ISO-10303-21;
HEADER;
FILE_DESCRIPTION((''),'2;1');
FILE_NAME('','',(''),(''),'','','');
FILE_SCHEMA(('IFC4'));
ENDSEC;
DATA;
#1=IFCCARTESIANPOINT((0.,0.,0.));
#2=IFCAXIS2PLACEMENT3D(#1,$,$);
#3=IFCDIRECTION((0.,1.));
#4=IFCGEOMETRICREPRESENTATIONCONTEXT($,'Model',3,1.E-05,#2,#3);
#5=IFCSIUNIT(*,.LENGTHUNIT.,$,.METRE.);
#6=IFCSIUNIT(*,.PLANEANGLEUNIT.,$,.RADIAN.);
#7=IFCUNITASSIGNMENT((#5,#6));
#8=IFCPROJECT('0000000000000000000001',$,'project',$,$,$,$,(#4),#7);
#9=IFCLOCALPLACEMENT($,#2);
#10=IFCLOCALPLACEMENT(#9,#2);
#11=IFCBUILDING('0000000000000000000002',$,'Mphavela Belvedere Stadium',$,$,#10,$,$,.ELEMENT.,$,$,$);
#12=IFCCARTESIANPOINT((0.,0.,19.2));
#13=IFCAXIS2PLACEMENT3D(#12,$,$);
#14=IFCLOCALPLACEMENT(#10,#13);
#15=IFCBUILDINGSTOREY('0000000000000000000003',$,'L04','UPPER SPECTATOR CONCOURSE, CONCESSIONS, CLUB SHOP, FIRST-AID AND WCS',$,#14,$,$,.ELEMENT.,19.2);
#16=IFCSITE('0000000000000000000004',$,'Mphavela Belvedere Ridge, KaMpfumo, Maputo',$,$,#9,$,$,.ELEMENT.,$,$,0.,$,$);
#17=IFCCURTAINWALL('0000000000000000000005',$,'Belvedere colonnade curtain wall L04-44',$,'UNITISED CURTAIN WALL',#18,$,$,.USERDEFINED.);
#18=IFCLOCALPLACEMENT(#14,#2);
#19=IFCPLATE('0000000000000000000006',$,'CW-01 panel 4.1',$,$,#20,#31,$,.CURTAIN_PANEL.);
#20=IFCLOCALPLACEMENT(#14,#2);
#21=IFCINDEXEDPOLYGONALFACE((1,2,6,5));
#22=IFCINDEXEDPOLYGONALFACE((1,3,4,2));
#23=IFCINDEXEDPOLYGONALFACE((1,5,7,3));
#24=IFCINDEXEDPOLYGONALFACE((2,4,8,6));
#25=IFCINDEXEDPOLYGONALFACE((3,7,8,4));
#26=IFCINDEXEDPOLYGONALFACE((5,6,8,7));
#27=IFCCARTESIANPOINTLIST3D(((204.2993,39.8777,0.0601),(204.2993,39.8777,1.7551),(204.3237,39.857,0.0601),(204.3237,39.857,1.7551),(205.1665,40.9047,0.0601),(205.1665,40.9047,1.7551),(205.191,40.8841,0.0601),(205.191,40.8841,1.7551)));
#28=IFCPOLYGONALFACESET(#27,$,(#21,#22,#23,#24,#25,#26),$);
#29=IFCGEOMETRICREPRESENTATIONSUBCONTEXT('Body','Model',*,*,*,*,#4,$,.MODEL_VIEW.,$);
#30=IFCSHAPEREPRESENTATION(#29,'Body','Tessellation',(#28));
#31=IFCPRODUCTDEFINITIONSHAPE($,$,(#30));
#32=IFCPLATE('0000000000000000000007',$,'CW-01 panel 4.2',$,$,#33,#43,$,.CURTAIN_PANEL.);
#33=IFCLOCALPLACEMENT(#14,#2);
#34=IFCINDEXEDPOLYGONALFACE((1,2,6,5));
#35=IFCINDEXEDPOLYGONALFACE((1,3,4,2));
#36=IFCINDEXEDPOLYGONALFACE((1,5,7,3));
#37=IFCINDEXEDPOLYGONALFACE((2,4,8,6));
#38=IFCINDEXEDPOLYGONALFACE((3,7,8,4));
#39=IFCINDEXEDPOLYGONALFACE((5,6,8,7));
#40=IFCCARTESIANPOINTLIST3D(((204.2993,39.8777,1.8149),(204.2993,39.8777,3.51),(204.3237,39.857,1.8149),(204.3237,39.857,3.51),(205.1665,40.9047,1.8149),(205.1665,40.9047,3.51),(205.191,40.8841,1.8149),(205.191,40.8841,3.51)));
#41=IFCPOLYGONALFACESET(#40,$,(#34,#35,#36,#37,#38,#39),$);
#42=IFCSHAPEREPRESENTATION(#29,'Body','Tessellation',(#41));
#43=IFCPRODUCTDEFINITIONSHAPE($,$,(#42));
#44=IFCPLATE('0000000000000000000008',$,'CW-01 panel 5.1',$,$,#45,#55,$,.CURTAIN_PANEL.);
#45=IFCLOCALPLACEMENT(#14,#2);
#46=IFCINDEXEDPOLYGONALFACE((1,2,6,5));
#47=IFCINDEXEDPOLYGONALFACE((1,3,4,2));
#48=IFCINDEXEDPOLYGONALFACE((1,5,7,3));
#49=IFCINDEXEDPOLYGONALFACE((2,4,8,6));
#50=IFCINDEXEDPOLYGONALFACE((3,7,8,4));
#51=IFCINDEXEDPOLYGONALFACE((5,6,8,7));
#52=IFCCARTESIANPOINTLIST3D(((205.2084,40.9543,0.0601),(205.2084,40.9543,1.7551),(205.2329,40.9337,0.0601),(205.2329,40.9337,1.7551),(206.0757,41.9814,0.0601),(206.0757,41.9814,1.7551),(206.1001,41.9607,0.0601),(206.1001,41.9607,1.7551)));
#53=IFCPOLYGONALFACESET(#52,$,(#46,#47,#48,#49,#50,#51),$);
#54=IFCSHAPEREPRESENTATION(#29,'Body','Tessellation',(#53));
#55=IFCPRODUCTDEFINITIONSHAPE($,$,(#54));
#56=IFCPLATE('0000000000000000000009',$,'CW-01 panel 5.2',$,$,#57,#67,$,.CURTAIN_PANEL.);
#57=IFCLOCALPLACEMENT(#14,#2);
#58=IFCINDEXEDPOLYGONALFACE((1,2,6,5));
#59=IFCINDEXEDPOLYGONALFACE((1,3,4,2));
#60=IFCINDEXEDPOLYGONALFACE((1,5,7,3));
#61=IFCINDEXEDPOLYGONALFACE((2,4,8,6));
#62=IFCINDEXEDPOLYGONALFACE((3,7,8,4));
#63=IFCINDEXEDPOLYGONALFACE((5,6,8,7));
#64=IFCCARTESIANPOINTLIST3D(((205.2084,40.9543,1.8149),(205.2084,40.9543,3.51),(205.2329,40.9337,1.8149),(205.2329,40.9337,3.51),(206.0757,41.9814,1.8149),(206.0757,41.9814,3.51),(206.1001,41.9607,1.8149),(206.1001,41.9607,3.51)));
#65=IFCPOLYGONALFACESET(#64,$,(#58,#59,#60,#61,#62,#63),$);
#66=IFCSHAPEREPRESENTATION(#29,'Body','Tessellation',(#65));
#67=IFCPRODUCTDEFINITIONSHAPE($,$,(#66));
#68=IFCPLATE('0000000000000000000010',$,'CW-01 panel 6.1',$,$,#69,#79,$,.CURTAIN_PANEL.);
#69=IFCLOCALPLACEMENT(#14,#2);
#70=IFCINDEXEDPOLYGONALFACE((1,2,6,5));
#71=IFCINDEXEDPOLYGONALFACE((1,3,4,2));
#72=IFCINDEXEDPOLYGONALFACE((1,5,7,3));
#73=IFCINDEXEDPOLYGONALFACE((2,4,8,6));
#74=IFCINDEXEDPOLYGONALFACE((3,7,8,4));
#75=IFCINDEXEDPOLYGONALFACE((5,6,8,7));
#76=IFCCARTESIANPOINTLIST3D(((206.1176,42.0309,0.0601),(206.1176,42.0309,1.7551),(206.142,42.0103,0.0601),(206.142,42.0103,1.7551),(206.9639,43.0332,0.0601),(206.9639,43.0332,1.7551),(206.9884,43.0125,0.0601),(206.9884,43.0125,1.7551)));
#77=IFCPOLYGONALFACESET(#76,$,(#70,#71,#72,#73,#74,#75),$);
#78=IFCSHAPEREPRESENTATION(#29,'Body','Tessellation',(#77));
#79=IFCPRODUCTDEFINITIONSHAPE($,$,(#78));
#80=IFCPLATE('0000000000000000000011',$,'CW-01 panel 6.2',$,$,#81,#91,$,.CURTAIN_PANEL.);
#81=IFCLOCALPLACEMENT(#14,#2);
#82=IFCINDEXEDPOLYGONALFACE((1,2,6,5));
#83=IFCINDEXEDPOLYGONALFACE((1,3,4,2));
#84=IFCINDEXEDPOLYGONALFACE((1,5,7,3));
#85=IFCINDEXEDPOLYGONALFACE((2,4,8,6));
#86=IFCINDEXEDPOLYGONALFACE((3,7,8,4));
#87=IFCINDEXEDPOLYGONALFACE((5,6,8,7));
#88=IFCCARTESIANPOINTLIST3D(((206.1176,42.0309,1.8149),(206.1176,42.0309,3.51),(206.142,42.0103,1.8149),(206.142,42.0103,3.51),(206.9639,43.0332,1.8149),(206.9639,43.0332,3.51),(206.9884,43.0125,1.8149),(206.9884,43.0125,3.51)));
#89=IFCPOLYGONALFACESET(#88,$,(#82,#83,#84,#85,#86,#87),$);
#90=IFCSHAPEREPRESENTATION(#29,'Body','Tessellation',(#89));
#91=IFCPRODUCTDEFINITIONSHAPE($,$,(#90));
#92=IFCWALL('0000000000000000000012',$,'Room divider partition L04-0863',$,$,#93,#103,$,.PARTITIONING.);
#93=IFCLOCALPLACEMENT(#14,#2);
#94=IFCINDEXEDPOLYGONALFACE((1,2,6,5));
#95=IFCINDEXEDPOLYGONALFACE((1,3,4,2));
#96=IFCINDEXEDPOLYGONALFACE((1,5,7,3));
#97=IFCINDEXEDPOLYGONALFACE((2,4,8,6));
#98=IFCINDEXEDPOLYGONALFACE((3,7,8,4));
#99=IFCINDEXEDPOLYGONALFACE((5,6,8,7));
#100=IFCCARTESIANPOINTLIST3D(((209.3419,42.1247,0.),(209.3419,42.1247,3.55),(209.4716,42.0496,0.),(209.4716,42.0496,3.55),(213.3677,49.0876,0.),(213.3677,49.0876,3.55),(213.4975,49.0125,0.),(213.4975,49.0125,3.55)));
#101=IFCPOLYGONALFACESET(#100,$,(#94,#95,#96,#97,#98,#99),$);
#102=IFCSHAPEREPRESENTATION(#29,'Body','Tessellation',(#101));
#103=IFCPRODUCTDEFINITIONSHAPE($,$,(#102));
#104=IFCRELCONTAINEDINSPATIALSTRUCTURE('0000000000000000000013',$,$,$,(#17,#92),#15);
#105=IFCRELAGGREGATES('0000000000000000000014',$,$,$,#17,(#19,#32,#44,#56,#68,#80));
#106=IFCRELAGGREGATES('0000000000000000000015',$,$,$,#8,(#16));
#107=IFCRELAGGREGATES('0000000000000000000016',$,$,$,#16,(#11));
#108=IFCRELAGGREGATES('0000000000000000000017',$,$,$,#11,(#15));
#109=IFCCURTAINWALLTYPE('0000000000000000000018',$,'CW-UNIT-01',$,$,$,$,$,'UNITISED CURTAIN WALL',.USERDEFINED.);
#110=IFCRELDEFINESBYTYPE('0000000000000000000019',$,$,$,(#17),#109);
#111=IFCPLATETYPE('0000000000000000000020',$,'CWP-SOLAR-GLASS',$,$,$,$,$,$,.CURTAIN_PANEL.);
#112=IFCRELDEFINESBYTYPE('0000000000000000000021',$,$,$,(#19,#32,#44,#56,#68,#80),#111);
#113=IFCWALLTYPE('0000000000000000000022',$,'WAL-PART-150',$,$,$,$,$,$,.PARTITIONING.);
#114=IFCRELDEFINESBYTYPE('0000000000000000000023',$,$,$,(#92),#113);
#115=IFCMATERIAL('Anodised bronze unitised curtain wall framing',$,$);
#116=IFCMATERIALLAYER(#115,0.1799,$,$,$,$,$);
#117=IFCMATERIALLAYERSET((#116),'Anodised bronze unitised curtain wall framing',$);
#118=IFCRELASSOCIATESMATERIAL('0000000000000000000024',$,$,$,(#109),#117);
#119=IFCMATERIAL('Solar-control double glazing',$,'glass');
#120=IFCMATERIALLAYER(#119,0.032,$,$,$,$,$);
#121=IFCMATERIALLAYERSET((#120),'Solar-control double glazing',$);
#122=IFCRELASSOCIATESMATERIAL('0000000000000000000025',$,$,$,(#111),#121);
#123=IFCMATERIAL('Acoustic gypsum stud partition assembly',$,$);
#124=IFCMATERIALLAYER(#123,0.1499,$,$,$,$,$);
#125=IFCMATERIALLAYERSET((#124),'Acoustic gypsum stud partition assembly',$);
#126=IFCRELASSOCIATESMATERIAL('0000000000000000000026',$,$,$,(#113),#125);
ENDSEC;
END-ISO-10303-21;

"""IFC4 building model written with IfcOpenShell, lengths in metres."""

from ifc_helpers import new_model, si_unit, direction, frame, frame_2d, origin, origin_2d, place, context, subcontext, project, spatial, rectangle, extrude, material, layer, layer_set, type_object, element, aggregate, save


model = new_model("IFC4")

# Units and contexts
model_context = context("Model", 3, precision=1e-05, world=origin(), true_north=direction((0.0, 1.0)))
body_context = subcontext(model_context, "Body", "Model", "MODEL_VIEW")
ifc_project = project(units=[si_unit("LENGTHUNIT", "METRE"), si_unit("PLANEANGLEUNIT", "RADIAN")], contexts=[model_context])

# Site, building, storey
site_placement = place(None, origin())
site = spatial("IfcSite", under=ifc_project, at=site_placement, Name="Mphavela Belvedere Ridge, KaMpfumo, Maputo", CompositionType="ELEMENT", RefElevation=0.0)
building_placement = place(site_placement, origin())
building = spatial("IfcBuilding", under=site, at=building_placement, Name="Mphavela Belvedere Stadium", CompositionType="ELEMENT")
storey_placement = place(building_placement, frame((0.0, 0.0, 19.2)))
storey = spatial("IfcBuildingStorey", under=building, at=storey_placement, Name="L04", Description="UPPER SPECTATOR CONCOURSE, CONCESSIONS, CLUB SHOP, FIRST-AID AND WCS", CompositionType="ELEMENT", Elevation=19.2)

# Curtain wall, plates
ifc_material_1 = material(Name="Anodised bronze unitised curtain wall framing")
ifc_layer_1 = layer(ifc_material_1, 0.1799)
ifc_layer_set_1 = layer_set([ifc_layer_1], Name="Anodised bronze unitised curtain wall framing")
curtain_wall_type = type_object("IfcCurtainWallType", Name="CW-UNIT-01", ElementType="UNITISED CURTAIN WALL", PredefinedType="USERDEFINED", material=ifc_layer_set_1)
curtain_wall_placement = place(storey_placement, origin())
curtain_wall = element("IfcCurtainWall", 1, at=curtain_wall_placement, inside=storey, type_object=curtain_wall_type, Name="Belvedere colonnade curtain wall L04-44", ObjectType="UNITISED CURTAIN WALL", PredefinedType="USERDEFINED")
ifc_material_2 = material(Name="Solar-control double glazing", Category="glass")
ifc_layer_2 = layer(ifc_material_2, 0.032)
ifc_layer_set_2 = layer_set([ifc_layer_2], Name="Solar-control double glazing")
plate_type = type_object("IfcPlateType", Name="CWP-SOLAR-GLASS", PredefinedType="CURTAIN_PANEL", material=ifc_layer_set_2)
plate_1_placement = place(storey_placement, frame((204.7451, 40.3809, 0.0601), z_axis=(0.0, 0.0, 1.0), x_axis=(0.645175, 0.764035, 0.0)))
plate_1 = element("IfcPlate", 2, at=plate_1_placement, type_object=plate_type, Name="CW-01 panel 4.1", PredefinedType="CURTAIN_PANEL", context=body_context, shape_type="SweptSolid", body=[
    extrude(rectangle(XDim=1.3442, YDim=0.032, at=origin_2d()), origin(), (0.0, 0.0, 1.0), 1.6951),
])
plate_2_placement = place(storey_placement, frame((204.7451, 40.3809, 1.8149), z_axis=(0.0, 0.0, 1.0), x_axis=(0.645175, 0.764035, 0.0)))
plate_2 = element("IfcPlate", 3, at=plate_2_placement, type_object=plate_type, Name="CW-01 panel 4.2", PredefinedType="CURTAIN_PANEL", context=body_context, shape_type="SweptSolid", body=[
    extrude(rectangle(XDim=1.3442, YDim=0.032, at=origin_2d()), origin(), (0.0, 0.0, 1.0), 1.6951),
])
plate_3_placement = place(storey_placement, frame((205.6543, 41.4575, 0.0601), z_axis=(0.0, 0.0, 1.0), x_axis=(0.645175, 0.764035, 0.0)))
plate_3 = element("IfcPlate", 4, at=plate_3_placement, type_object=plate_type, Name="CW-01 panel 5.1", PredefinedType="CURTAIN_PANEL", context=body_context, shape_type="SweptSolid", body=[
    extrude(rectangle(XDim=1.3442, YDim=0.032, at=origin_2d()), origin(), (0.0, 0.0, 1.0), 1.6951),
])
plate_4_placement = place(storey_placement, frame((205.6543, 41.4575, 1.8149), z_axis=(0.0, 0.0, 1.0), x_axis=(0.645175, 0.764035, 0.0)))
plate_4 = element("IfcPlate", 5, at=plate_4_placement, type_object=plate_type, Name="CW-01 panel 5.2", PredefinedType="CURTAIN_PANEL", context=body_context, shape_type="SweptSolid", body=[
    extrude(rectangle(XDim=1.3442, YDim=0.032, at=origin_2d()), origin(), (0.0, 0.0, 1.0), 1.6951),
])
plate_5_placement = place(storey_placement, frame((206.553, 42.5217, 0.0601), z_axis=(0.0, 0.0, 1.0), x_axis=(0.645175, 0.764035, 0.0)))
plate_5 = element("IfcPlate", 6, at=plate_5_placement, type_object=plate_type, Name="CW-01 panel 6.1", PredefinedType="CURTAIN_PANEL", context=body_context, shape_type="SweptSolid", body=[
    extrude(rectangle(XDim=1.3118, YDim=0.032, at=origin_2d()), origin(), (0.0, 0.0, 1.0), 1.6951),
])
plate_6_placement = place(storey_placement, frame((206.553, 42.5217, 1.8149), z_axis=(0.0, 0.0, 1.0), x_axis=(0.645175, 0.764035, 0.0)))
plate_6 = element("IfcPlate", 7, at=plate_6_placement, type_object=plate_type, Name="CW-01 panel 6.2", PredefinedType="CURTAIN_PANEL", context=body_context, shape_type="SweptSolid", body=[
    extrude(rectangle(XDim=1.3118, YDim=0.032, at=origin_2d()), origin(), (0.0, 0.0, 1.0), 1.6951),
])
aggregate(curtain_wall, [plate_1, plate_2, plate_3, plate_4, plate_5, plate_6])

# Wall
ifc_material_3 = material(Name="Acoustic gypsum stud partition assembly")
ifc_layer_3 = layer(ifc_material_3, 0.1499)
ifc_layer_set_3 = layer_set([ifc_layer_3], Name="Acoustic gypsum stud partition assembly")
wall_type = type_object("IfcWallType", Name="WAL-PART-150", PredefinedType="PARTITIONING", material=ifc_layer_set_3)
wall_placement = place(storey_placement, frame((209.4067, 42.0872, 0.0), z_axis=(0.0, 0.0, 1.0), x_axis=(0.500546, 0.86571, 0.0)))
element("IfcWall", 8, at=wall_placement, inside=storey, type_object=wall_type, Name="Room divider partition L04-0863", PredefinedType="PARTITIONING", context=body_context, shape_type="SweptSolid", body=[
    extrude(rectangle(XDim=8.043, YDim=0.1499, at=frame_2d((4.0215, 0.0))), origin(), (0.0, 0.0, 1.0), 3.55),
])

save(model, "model.ifc")
